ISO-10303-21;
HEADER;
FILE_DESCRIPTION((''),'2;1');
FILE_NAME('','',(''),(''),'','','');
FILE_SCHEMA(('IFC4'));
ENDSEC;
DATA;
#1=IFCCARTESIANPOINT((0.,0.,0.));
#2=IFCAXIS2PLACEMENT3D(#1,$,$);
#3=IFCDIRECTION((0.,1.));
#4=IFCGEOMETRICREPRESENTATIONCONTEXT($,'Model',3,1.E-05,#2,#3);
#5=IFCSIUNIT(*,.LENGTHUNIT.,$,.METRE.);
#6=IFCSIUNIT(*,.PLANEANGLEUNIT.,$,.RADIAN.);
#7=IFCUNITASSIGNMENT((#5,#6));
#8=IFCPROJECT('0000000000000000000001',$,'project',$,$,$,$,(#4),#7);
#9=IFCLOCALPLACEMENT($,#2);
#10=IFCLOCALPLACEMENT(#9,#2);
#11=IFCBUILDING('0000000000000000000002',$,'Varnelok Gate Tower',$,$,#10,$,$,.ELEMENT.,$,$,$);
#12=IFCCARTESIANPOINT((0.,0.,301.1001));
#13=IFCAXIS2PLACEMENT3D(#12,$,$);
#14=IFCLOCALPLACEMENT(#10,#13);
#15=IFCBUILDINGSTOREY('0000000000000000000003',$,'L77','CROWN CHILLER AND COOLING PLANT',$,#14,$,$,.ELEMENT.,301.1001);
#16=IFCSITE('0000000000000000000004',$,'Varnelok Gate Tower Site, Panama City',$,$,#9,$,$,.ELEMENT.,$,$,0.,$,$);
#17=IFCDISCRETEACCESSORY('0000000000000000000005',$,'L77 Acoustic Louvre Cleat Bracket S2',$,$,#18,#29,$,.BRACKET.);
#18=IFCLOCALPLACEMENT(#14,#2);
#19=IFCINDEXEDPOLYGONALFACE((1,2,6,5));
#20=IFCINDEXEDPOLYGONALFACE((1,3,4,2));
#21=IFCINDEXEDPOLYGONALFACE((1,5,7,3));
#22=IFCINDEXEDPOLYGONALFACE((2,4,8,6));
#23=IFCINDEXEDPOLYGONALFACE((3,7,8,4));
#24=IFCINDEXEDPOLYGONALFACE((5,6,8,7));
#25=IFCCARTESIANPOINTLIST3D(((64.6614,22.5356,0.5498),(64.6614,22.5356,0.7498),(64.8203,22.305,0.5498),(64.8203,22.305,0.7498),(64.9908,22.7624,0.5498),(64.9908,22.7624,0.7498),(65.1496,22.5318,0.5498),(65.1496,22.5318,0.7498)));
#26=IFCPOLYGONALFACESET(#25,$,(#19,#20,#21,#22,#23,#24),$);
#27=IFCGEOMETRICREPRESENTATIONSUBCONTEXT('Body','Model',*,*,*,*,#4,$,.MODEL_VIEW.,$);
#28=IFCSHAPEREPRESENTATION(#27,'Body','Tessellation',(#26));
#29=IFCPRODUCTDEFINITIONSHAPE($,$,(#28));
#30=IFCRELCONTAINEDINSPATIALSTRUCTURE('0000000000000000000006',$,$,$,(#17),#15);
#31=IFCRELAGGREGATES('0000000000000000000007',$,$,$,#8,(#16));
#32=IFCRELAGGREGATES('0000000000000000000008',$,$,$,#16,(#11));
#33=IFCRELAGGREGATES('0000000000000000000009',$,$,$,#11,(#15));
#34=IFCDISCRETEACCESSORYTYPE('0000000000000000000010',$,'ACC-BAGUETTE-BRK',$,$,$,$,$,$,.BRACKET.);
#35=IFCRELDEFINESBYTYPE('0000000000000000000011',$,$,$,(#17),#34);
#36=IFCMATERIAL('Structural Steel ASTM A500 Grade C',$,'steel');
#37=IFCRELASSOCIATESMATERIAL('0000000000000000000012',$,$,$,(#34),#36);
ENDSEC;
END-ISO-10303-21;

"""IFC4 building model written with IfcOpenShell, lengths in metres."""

from ifc_helpers import new_model, si_unit, direction, frame, origin, origin_2d, place, context, subcontext, project, spatial, rectangle, extrude, source, transform, mapped, material, type_object, element, save


model = new_model("IFC4")

# Units and contexts
model_context = context("Model", 3, precision=1e-05, world=origin(), true_north=direction((0.0, 1.0)))
body_context = subcontext(model_context, "Body", "Model", "MODEL_VIEW")
ifc_project = project(units=[si_unit("LENGTHUNIT", "METRE"), si_unit("PLANEANGLEUNIT", "RADIAN")], contexts=[model_context])

# Site, building, storey
site_placement = place(None, origin())
site = spatial("IfcSite", under=ifc_project, at=site_placement, Name="Varnelok Gate Tower Site, Panama City", CompositionType="ELEMENT", RefElevation=0.0)
building_placement = place(site_placement, origin())
building = spatial("IfcBuilding", under=site, at=building_placement, Name="Varnelok Gate Tower", CompositionType="ELEMENT")
storey_placement = place(building_placement, frame((0.0, 0.0, 301.1001)))
storey = spatial("IfcBuildingStorey", under=building, at=storey_placement, Name="L77", Description="CROWN CHILLER AND COOLING PLANT", CompositionType="ELEMENT", Elevation=301.1001)

# Discrete accessory
ifc_material_1 = material(Name="Structural Steel ASTM A500 Grade C", Category="steel")
discrete_accessory_type = type_object("IfcDiscreteAccessoryType", Name="ACC-BAGUETTE-BRK", PredefinedType="BRACKET", material=ifc_material_1)
shared_shape_1 = source(origin(), body_context, "Body", "SweptSolid", [
    extrude(rectangle(XDim=0.3999, YDim=0.28, at=origin_2d()), origin(), (0.0, 0.0, 1.0), 0.2),
])
discrete_accessory_placement = place(storey_placement, frame((64.9055, 22.5337, 0.5498), z_axis=(0.0, 0.0, 1.0), x_axis=(0.823533, 0.567269, 0.0)))
element("IfcDiscreteAccessory", 1, at=discrete_accessory_placement, inside=storey, type_object=discrete_accessory_type, Name="L77 Acoustic Louvre Cleat Bracket S2", PredefinedType="BRACKET", context=body_context, shape_type="MappedRepresentation", body=[
    mapped(shared_shape_1, transform((0.0, 0.0, 0.0), scale=1.0)),
])

save(model, "model.ifc")
